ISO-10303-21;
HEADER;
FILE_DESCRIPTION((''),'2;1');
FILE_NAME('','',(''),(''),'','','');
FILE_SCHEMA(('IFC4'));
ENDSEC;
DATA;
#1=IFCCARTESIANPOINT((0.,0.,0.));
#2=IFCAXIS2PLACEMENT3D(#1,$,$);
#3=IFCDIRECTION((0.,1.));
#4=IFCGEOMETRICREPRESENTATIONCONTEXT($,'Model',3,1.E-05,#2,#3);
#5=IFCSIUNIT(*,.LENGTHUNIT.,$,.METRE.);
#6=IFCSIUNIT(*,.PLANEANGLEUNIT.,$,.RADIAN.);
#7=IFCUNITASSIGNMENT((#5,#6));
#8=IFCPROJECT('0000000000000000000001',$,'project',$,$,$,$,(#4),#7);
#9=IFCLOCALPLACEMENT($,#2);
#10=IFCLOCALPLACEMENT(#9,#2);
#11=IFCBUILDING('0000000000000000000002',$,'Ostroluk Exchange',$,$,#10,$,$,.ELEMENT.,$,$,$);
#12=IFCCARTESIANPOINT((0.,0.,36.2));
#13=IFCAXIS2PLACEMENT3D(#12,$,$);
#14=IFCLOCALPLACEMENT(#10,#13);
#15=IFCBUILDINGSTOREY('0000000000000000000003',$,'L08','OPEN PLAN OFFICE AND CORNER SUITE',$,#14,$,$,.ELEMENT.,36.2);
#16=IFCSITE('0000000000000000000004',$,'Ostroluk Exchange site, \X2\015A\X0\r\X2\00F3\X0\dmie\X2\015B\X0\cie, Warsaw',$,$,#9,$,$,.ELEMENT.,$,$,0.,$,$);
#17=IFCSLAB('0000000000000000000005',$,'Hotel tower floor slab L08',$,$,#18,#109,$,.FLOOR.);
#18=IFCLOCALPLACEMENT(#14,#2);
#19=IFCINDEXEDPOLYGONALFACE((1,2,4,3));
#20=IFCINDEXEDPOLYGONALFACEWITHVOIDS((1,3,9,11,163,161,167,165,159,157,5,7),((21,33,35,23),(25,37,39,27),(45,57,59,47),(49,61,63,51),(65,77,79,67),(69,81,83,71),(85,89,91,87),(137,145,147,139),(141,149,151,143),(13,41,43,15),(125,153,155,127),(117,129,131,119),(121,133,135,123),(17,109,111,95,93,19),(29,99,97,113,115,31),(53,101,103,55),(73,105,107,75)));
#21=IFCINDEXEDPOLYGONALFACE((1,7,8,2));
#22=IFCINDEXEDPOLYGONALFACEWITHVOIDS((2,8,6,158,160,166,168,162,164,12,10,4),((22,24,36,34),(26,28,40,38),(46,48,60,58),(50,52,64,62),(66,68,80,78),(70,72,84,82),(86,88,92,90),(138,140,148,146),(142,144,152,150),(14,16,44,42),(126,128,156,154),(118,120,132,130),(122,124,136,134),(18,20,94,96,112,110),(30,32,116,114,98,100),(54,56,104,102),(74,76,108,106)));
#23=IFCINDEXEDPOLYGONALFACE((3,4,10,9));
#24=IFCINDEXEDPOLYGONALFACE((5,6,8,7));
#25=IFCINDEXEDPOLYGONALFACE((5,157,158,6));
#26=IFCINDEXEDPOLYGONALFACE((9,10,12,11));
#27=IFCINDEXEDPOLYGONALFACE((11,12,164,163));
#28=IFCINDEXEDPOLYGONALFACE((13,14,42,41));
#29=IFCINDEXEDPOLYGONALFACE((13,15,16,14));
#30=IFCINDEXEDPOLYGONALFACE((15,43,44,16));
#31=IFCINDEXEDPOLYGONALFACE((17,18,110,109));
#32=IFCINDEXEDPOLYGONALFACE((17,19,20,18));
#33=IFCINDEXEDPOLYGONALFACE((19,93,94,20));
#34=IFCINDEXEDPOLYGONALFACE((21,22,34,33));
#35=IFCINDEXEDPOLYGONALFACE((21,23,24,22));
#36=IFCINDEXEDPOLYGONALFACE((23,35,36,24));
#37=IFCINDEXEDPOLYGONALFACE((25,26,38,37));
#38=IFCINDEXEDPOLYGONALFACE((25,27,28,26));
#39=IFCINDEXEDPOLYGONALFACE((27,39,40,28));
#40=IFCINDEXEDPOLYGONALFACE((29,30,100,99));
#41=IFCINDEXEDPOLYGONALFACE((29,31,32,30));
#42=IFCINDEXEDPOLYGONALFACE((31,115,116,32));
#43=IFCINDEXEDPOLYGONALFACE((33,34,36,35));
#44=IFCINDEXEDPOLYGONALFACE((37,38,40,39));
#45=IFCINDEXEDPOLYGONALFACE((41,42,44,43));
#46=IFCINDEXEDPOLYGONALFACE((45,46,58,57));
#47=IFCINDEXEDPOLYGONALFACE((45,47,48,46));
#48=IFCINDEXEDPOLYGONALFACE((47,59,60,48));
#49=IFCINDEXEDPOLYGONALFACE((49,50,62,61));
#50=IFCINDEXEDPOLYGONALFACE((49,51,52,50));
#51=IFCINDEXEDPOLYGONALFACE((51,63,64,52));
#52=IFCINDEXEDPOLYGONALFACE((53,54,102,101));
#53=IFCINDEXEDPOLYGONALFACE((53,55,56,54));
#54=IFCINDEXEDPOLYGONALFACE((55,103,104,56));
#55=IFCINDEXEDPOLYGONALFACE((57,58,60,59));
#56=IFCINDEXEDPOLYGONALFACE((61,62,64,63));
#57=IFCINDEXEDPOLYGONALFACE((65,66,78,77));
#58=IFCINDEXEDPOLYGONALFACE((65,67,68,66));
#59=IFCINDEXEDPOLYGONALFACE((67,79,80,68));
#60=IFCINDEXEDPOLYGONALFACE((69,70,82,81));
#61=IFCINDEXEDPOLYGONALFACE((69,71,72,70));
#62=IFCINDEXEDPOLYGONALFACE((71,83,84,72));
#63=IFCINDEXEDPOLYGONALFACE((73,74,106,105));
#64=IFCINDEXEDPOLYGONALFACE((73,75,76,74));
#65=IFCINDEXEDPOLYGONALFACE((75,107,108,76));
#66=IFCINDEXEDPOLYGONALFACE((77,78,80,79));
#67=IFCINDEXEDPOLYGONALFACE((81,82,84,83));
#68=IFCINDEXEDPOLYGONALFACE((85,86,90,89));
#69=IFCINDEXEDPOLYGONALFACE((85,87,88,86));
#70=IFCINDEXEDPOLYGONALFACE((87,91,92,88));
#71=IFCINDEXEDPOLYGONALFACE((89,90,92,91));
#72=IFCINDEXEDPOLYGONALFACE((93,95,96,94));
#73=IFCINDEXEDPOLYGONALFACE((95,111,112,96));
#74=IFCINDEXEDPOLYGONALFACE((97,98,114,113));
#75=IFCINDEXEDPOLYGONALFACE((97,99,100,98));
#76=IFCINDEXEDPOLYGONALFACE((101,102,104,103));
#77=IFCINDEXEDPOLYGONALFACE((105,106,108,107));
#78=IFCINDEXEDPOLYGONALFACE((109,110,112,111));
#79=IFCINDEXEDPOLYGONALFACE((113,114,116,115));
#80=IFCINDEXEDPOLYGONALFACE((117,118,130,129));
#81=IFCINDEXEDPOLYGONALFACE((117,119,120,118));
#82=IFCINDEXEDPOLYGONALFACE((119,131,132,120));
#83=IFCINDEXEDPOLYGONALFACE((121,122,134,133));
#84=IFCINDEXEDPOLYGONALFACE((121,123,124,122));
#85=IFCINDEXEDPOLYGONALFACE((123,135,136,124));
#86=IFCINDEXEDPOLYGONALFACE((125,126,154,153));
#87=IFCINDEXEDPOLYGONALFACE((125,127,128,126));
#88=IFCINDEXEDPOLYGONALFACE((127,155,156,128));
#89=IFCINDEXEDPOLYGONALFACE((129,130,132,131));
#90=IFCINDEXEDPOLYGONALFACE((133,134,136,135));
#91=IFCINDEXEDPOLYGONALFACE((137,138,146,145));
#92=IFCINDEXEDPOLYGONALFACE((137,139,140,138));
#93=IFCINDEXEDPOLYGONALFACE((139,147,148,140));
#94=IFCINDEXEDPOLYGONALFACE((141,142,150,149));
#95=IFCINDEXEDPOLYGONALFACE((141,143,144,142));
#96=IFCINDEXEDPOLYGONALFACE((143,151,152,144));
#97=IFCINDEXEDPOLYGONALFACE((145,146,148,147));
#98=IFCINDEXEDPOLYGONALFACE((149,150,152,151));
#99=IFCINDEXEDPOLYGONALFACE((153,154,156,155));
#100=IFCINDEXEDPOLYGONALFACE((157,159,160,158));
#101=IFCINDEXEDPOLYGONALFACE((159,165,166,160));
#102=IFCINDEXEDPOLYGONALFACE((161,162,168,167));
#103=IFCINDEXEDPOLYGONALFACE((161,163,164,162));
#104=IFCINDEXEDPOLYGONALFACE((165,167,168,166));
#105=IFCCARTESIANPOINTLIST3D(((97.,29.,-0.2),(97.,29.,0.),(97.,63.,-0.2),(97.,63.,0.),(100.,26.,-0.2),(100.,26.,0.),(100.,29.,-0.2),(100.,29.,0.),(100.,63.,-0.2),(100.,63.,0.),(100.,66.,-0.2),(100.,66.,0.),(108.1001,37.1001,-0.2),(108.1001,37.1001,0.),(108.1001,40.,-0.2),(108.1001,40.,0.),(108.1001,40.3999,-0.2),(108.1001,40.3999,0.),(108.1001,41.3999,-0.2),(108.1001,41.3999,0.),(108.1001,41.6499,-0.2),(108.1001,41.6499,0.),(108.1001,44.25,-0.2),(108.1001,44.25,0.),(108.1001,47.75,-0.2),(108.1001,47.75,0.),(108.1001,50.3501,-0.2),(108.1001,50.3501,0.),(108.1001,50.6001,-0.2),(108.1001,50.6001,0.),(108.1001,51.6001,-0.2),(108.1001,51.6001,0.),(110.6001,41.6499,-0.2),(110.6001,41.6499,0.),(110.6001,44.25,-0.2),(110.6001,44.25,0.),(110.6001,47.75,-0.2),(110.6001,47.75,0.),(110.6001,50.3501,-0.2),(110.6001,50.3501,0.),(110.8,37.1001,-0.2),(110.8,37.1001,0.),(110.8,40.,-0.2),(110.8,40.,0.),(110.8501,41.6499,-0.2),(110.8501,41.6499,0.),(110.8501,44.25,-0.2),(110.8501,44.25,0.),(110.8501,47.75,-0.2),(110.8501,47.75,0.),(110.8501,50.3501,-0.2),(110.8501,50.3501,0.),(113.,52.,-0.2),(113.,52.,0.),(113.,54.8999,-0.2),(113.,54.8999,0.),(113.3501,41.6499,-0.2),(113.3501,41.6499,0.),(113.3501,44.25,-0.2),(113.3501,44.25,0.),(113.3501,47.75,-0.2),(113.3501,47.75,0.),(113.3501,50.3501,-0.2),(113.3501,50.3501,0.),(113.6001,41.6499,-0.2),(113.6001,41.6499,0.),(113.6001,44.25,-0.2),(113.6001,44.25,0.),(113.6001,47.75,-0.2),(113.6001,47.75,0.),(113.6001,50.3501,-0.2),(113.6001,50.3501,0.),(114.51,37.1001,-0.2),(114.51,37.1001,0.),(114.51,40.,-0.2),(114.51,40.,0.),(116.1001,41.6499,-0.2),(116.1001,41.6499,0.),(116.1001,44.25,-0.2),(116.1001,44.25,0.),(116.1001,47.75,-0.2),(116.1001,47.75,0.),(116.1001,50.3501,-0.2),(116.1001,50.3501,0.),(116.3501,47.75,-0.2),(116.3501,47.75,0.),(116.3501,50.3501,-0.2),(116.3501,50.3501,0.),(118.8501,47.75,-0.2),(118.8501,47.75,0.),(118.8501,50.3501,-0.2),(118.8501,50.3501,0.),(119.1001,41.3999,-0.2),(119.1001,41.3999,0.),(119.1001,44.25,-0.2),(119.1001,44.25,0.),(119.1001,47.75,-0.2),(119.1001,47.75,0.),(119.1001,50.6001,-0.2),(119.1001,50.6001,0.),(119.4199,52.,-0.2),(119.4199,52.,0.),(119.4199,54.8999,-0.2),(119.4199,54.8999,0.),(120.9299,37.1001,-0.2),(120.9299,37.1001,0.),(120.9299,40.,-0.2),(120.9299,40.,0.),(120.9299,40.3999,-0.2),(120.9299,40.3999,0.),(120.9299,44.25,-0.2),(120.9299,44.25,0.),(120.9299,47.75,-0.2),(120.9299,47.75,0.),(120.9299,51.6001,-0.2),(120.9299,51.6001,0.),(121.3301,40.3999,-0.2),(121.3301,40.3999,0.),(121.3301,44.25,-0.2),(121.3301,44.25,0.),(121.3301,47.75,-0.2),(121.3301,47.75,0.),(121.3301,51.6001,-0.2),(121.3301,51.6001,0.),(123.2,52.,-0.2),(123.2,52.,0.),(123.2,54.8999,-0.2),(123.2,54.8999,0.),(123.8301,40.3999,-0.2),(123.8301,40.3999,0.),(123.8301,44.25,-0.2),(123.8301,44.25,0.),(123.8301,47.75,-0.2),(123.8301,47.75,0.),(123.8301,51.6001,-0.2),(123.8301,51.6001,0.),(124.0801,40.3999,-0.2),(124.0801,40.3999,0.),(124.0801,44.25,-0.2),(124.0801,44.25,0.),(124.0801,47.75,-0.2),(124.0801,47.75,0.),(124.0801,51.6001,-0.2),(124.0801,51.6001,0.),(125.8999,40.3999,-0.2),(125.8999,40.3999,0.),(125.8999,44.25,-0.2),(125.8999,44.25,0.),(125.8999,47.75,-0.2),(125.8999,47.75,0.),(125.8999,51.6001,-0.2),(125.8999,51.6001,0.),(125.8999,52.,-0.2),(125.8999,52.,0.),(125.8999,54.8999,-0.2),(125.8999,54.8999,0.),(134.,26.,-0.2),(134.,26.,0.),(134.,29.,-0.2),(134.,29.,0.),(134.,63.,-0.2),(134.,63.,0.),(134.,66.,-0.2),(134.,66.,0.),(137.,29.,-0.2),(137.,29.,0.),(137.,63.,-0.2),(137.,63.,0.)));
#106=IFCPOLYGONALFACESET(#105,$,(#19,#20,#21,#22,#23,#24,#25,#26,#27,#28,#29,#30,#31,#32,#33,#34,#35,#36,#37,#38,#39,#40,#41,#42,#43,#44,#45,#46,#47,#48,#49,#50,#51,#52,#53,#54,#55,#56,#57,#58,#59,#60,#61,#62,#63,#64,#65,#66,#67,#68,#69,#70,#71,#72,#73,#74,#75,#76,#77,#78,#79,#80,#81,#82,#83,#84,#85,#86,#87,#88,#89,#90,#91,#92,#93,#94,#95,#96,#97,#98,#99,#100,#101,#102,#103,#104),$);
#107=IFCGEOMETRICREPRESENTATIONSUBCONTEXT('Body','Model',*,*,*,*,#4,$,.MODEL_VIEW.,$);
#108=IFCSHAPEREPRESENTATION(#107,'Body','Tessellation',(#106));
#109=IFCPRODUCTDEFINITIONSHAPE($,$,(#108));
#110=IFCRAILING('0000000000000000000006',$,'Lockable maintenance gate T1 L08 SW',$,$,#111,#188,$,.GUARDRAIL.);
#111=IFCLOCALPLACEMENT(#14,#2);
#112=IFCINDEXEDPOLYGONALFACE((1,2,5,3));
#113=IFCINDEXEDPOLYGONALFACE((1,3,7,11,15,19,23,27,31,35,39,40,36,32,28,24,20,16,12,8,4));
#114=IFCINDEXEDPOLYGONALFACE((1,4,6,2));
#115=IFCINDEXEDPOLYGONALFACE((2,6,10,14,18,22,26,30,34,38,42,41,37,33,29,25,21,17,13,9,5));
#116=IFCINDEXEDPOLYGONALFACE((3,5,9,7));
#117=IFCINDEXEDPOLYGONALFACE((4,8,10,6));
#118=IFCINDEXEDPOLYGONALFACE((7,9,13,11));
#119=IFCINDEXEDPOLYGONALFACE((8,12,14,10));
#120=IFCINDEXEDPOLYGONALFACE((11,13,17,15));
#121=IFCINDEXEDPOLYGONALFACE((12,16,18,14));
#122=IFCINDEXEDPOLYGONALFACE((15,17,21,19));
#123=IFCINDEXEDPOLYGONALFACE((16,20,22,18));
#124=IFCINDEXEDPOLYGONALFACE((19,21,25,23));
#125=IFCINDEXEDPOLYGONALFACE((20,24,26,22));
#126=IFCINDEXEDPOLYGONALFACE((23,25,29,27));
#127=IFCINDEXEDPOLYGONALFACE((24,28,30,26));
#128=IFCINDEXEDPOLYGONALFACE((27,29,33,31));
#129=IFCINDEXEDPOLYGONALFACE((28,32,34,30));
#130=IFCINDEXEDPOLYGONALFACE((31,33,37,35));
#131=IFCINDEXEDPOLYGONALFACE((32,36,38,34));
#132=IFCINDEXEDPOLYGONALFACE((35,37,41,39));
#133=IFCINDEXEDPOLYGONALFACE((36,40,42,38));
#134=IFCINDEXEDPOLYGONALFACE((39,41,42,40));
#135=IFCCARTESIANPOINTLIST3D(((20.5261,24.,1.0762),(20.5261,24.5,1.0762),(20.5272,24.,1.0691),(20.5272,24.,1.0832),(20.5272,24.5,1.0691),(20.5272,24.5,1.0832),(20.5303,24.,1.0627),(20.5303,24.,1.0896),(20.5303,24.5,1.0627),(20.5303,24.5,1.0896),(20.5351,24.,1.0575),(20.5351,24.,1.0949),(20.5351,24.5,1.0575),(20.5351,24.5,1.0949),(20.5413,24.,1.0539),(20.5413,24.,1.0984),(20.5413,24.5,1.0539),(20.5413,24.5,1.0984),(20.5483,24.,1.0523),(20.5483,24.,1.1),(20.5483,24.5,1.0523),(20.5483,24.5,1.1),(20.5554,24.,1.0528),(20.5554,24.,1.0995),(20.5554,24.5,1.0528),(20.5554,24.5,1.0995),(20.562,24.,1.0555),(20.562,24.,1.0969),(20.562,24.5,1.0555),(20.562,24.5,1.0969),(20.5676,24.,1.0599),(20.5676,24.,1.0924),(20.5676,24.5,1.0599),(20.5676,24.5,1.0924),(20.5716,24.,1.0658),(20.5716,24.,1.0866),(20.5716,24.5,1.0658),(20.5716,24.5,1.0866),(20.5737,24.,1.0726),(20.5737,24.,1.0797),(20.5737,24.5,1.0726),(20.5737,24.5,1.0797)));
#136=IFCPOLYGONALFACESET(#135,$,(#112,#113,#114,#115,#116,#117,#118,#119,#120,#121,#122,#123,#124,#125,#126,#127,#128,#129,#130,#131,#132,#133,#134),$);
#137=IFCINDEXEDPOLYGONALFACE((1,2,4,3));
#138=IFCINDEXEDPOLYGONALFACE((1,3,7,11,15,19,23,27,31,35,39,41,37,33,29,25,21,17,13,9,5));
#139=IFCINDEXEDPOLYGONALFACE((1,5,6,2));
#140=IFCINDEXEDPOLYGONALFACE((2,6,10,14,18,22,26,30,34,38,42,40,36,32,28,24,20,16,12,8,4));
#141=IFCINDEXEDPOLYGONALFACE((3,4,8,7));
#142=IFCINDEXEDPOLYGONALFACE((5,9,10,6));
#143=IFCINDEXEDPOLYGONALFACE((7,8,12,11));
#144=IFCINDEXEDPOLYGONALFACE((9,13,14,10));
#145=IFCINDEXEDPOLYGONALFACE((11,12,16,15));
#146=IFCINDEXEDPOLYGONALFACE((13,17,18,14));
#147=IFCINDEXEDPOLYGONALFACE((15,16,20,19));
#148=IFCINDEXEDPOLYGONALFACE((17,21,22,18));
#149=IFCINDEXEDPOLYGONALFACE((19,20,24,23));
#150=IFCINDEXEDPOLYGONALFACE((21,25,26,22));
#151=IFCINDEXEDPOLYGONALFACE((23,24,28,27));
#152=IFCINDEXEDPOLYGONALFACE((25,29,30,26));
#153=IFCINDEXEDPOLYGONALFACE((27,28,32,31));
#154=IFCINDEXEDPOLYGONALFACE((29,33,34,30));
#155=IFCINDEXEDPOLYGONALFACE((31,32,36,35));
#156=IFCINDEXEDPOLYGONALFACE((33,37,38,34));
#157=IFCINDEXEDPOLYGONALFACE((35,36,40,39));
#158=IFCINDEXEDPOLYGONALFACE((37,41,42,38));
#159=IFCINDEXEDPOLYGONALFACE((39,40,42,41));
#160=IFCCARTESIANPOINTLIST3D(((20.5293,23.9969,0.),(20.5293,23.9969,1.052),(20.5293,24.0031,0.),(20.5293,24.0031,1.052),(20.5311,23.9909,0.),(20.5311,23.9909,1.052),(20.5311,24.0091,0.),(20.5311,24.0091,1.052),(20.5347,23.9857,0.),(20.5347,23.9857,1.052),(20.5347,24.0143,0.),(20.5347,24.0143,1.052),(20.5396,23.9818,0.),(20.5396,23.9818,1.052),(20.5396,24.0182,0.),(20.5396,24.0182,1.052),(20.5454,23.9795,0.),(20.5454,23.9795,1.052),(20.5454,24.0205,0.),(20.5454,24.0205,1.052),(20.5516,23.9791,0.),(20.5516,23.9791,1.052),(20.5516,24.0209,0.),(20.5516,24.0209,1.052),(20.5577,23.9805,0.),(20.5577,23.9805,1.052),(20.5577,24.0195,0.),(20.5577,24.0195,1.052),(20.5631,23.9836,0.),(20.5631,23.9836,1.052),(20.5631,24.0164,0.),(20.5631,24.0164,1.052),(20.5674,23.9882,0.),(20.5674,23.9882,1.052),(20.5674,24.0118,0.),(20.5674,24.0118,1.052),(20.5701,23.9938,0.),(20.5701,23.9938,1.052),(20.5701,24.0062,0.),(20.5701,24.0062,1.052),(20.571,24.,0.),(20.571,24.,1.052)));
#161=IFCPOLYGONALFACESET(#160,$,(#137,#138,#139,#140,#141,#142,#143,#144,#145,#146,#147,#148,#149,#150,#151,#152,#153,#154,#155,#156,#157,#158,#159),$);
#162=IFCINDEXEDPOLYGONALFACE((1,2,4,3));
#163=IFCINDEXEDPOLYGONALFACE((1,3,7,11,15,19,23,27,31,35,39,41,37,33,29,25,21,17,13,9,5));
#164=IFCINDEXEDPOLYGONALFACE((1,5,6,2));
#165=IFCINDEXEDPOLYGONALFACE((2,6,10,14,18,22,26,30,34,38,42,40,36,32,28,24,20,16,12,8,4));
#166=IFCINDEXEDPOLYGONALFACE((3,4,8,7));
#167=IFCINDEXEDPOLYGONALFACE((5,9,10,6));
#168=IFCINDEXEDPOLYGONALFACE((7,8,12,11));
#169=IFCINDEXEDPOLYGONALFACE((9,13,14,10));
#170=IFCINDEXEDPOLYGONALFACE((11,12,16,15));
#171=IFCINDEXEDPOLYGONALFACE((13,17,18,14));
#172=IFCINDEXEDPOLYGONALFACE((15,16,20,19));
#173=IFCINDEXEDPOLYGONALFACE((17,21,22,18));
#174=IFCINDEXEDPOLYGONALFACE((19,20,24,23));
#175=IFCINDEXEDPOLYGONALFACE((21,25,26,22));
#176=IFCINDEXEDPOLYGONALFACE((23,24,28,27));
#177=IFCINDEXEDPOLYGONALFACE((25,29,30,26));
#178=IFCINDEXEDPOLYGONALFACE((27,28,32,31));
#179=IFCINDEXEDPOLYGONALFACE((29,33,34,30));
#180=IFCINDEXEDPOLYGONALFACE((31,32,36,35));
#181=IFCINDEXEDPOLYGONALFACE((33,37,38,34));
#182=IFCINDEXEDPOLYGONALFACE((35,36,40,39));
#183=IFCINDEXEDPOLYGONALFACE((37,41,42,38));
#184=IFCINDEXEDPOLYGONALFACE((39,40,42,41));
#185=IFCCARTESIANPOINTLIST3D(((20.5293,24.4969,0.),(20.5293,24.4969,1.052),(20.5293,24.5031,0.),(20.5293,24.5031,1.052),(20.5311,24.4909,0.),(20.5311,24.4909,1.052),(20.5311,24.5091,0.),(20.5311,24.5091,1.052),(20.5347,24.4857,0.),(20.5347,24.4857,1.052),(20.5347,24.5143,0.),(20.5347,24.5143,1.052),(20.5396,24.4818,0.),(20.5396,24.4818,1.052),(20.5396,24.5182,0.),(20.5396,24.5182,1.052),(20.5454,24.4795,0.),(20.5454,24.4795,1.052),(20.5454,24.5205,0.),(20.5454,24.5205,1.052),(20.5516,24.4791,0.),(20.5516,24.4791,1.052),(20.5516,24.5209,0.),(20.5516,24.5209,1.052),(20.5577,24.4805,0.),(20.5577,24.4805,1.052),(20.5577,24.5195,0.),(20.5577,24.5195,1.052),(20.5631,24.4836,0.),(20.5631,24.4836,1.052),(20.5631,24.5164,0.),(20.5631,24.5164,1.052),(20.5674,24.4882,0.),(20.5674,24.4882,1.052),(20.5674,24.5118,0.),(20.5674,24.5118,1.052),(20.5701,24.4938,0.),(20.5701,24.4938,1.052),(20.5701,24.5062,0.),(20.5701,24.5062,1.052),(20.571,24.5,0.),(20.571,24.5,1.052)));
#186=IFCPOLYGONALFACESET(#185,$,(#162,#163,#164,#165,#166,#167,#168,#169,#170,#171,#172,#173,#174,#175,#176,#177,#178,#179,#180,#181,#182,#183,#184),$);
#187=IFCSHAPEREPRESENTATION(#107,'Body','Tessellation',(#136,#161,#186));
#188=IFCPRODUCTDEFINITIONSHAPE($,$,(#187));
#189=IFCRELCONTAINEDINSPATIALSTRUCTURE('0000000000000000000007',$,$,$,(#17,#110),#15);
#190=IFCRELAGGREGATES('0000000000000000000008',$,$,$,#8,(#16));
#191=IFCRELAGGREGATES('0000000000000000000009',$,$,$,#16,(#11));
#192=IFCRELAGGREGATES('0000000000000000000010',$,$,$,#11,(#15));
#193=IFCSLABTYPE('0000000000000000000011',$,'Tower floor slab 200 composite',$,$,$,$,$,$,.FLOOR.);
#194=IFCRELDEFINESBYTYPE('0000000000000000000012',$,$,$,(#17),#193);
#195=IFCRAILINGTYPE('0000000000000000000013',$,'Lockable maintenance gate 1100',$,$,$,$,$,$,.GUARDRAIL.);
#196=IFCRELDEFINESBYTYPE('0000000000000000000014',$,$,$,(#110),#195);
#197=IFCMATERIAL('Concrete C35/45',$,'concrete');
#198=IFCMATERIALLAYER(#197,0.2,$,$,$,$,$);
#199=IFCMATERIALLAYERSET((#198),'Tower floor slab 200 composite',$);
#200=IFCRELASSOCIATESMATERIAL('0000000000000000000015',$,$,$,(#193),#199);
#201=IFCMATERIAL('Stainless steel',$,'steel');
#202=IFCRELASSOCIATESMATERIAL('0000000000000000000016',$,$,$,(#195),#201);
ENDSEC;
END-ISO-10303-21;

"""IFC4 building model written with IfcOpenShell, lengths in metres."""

from ifc_helpers import new_model, si_unit, direction, frame, origin, origin_2d, place, context, subcontext, project, spatial, polyline, circle, outline, extrude, material, layer, layer_set, type_object, element, save


model = new_model("IFC4")

# Units and contexts
model_context = context("Model", 3, precision=1e-05, world=origin(), true_north=direction((0.0, 1.0)))
body_context = subcontext(model_context, "Body", "Model", "MODEL_VIEW")
ifc_project = project(units=[si_unit("LENGTHUNIT", "METRE"), si_unit("PLANEANGLEUNIT", "RADIAN")], contexts=[model_context])

# Site, building, storey
site_placement = place(None, origin())
site = spatial("IfcSite", under=ifc_project, at=site_placement, Name="Ostroluk Exchange site, Śródmieście, Warsaw", CompositionType="ELEMENT", RefElevation=0.0)
building_placement = place(site_placement, origin())
building = spatial("IfcBuilding", under=site, at=building_placement, Name="Ostroluk Exchange", CompositionType="ELEMENT")
storey_placement = place(building_placement, frame((0.0, 0.0, 36.2)))
storey = spatial("IfcBuildingStorey", under=building, at=storey_placement, Name="L08", Description="OPEN PLAN OFFICE AND CORNER SUITE", CompositionType="ELEMENT", Elevation=36.2)

# Slab
ifc_material_1 = material(Name="Concrete C35/45", Category="concrete")
ifc_layer_1 = layer(ifc_material_1, 0.2)
ifc_layer_set_1 = layer_set([ifc_layer_1], Name="Tower floor slab 200 composite")
slab_type_1 = type_object("IfcSlabType", Name="Tower floor slab 200 composite", PredefinedType="FLOOR", material=ifc_layer_set_1)
slab_1_placement = place(storey_placement, frame((0.0, 0.0, -0.2)))
element("IfcSlab", 1, at=slab_1_placement, inside=storey, type_object=slab_type_1, Name="Hotel tower floor slab L08", PredefinedType="FLOOR", context=body_context, shape_type="SweptSolid", body=[
    extrude(outline(polyline([(100.0, 26.0), (134.0, 26.0), (134.0, 29.0), (137.0, 29.0), (137.0, 63.0), (134.0, 63.0), (134.0, 66.0), (100.0, 66.0), (100.0, 63.0), (97.0, 63.0), (97.0, 29.0), (100.0, 29.0), (100.0, 26.0)]), holes=[polyline([(108.1001, 37.1001), (110.8, 37.1001), (110.8, 40.0), (108.1001, 40.0), (108.1001, 37.1001)]), polyline([(114.51, 37.1001), (120.9299, 37.1001), (120.9299, 40.0), (114.51, 40.0), (114.51, 37.1001)]), polyline([(113.0, 52.0), (119.4199, 52.0), (119.4199, 54.8999), (113.0, 54.8999), (113.0, 52.0)]), polyline([(123.2, 52.0), (125.8999, 52.0), (125.8999, 54.8999), (123.2, 54.8999), (123.2, 52.0)]), polyline([(108.1001, 47.75), (110.6001, 47.75), (110.6001, 50.3501), (108.1001, 50.3501), (108.1001, 47.75)]), polyline([(110.8501, 47.75), (113.3501, 47.75), (113.3501, 50.3501), (110.8501, 50.3501), (110.8501, 47.75)]), polyline([(113.6001, 47.75), (116.1001, 47.75), (116.1001, 50.3501), (113.6001, 50.3501), (113.6001, 47.75)]), polyline([(116.3501, 47.75), (118.8501, 47.75), (118.8501, 50.3501), (116.3501, 50.3501), (116.3501, 47.75)]), polyline([(108.1001, 41.6499), (110.6001, 41.6499), (110.6001, 44.25), (108.1001, 44.25), (108.1001, 41.6499)]), polyline([(110.8501, 41.6499), (113.3501, 41.6499), (113.3501, 44.25), (110.8501, 44.25), (110.8501, 41.6499)]), polyline([(113.6001, 41.6499), (116.1001, 41.6499), (116.1001, 44.25), (113.6001, 44.25), (113.6001, 41.6499)]), polyline([(121.3301, 47.75), (123.8301, 47.75), (123.8301, 51.6001), (121.3301, 51.6001), (121.3301, 47.75)]), polyline([(121.3301, 40.3999), (123.8301, 40.3999), (123.8301, 44.25), (121.3301, 44.25), (121.3301, 40.3999)]), polyline([(120.9299, 51.6001), (120.9299, 47.75), (119.1001, 47.75), (119.1001, 50.6001), (108.1001, 50.6001), (108.1001, 51.6001), (120.9299, 51.6001)]), polyline([(108.1001, 40.3999), (108.1001, 41.3999), (119.1001, 41.3999), (119.1001, 44.25), (120.9299, 44.25), (120.9299, 40.3999), (108.1001, 40.3999)]), polyline([(124.0801, 47.75), (125.8999, 47.75), (125.8999, 51.6001), (124.0801, 51.6001), (124.0801, 47.75)]), polyline([(124.0801, 40.3999), (125.8999, 40.3999), (125.8999, 44.25), (124.0801, 44.25), (124.0801, 40.3999)])]), origin(), (0.0, 0.0, 1.0), 0.2),
])

# Railing
ifc_material_2 = material(Name="Stainless steel", Category="steel")
railing_type = type_object("IfcRailingType", Name="Lockable maintenance gate 1100", PredefinedType="GUARDRAIL", material=ifc_material_2)
railing_placement = place(storey_placement, frame((20.55, 24.0, 0.0)))
element("IfcRailing", 2, at=railing_placement, inside=storey, type_object=railing_type, Name="Lockable maintenance gate T1 L08 SW", PredefinedType="GUARDRAIL", context=body_context, shape_type="SweptSolid", body=[
    extrude(circle(Radius=0.0239, at=origin_2d()), frame((0.0, 0.0, 1.0762), z_axis=(0.0, 1.0, 0.0), x_axis=(-1.0, 0.0, 0.0)), (0.0, 0.0, 1.0), 0.5),
    extrude(circle(Radius=0.021, at=origin_2d()), origin(), (0.0, 0.0, 1.0), 1.052),
    extrude(circle(Radius=0.021, at=origin_2d()), frame((0.0, 0.5, 0.0)), (0.0, 0.0, 1.0), 1.052),
])

save(model, "model.ifc")
